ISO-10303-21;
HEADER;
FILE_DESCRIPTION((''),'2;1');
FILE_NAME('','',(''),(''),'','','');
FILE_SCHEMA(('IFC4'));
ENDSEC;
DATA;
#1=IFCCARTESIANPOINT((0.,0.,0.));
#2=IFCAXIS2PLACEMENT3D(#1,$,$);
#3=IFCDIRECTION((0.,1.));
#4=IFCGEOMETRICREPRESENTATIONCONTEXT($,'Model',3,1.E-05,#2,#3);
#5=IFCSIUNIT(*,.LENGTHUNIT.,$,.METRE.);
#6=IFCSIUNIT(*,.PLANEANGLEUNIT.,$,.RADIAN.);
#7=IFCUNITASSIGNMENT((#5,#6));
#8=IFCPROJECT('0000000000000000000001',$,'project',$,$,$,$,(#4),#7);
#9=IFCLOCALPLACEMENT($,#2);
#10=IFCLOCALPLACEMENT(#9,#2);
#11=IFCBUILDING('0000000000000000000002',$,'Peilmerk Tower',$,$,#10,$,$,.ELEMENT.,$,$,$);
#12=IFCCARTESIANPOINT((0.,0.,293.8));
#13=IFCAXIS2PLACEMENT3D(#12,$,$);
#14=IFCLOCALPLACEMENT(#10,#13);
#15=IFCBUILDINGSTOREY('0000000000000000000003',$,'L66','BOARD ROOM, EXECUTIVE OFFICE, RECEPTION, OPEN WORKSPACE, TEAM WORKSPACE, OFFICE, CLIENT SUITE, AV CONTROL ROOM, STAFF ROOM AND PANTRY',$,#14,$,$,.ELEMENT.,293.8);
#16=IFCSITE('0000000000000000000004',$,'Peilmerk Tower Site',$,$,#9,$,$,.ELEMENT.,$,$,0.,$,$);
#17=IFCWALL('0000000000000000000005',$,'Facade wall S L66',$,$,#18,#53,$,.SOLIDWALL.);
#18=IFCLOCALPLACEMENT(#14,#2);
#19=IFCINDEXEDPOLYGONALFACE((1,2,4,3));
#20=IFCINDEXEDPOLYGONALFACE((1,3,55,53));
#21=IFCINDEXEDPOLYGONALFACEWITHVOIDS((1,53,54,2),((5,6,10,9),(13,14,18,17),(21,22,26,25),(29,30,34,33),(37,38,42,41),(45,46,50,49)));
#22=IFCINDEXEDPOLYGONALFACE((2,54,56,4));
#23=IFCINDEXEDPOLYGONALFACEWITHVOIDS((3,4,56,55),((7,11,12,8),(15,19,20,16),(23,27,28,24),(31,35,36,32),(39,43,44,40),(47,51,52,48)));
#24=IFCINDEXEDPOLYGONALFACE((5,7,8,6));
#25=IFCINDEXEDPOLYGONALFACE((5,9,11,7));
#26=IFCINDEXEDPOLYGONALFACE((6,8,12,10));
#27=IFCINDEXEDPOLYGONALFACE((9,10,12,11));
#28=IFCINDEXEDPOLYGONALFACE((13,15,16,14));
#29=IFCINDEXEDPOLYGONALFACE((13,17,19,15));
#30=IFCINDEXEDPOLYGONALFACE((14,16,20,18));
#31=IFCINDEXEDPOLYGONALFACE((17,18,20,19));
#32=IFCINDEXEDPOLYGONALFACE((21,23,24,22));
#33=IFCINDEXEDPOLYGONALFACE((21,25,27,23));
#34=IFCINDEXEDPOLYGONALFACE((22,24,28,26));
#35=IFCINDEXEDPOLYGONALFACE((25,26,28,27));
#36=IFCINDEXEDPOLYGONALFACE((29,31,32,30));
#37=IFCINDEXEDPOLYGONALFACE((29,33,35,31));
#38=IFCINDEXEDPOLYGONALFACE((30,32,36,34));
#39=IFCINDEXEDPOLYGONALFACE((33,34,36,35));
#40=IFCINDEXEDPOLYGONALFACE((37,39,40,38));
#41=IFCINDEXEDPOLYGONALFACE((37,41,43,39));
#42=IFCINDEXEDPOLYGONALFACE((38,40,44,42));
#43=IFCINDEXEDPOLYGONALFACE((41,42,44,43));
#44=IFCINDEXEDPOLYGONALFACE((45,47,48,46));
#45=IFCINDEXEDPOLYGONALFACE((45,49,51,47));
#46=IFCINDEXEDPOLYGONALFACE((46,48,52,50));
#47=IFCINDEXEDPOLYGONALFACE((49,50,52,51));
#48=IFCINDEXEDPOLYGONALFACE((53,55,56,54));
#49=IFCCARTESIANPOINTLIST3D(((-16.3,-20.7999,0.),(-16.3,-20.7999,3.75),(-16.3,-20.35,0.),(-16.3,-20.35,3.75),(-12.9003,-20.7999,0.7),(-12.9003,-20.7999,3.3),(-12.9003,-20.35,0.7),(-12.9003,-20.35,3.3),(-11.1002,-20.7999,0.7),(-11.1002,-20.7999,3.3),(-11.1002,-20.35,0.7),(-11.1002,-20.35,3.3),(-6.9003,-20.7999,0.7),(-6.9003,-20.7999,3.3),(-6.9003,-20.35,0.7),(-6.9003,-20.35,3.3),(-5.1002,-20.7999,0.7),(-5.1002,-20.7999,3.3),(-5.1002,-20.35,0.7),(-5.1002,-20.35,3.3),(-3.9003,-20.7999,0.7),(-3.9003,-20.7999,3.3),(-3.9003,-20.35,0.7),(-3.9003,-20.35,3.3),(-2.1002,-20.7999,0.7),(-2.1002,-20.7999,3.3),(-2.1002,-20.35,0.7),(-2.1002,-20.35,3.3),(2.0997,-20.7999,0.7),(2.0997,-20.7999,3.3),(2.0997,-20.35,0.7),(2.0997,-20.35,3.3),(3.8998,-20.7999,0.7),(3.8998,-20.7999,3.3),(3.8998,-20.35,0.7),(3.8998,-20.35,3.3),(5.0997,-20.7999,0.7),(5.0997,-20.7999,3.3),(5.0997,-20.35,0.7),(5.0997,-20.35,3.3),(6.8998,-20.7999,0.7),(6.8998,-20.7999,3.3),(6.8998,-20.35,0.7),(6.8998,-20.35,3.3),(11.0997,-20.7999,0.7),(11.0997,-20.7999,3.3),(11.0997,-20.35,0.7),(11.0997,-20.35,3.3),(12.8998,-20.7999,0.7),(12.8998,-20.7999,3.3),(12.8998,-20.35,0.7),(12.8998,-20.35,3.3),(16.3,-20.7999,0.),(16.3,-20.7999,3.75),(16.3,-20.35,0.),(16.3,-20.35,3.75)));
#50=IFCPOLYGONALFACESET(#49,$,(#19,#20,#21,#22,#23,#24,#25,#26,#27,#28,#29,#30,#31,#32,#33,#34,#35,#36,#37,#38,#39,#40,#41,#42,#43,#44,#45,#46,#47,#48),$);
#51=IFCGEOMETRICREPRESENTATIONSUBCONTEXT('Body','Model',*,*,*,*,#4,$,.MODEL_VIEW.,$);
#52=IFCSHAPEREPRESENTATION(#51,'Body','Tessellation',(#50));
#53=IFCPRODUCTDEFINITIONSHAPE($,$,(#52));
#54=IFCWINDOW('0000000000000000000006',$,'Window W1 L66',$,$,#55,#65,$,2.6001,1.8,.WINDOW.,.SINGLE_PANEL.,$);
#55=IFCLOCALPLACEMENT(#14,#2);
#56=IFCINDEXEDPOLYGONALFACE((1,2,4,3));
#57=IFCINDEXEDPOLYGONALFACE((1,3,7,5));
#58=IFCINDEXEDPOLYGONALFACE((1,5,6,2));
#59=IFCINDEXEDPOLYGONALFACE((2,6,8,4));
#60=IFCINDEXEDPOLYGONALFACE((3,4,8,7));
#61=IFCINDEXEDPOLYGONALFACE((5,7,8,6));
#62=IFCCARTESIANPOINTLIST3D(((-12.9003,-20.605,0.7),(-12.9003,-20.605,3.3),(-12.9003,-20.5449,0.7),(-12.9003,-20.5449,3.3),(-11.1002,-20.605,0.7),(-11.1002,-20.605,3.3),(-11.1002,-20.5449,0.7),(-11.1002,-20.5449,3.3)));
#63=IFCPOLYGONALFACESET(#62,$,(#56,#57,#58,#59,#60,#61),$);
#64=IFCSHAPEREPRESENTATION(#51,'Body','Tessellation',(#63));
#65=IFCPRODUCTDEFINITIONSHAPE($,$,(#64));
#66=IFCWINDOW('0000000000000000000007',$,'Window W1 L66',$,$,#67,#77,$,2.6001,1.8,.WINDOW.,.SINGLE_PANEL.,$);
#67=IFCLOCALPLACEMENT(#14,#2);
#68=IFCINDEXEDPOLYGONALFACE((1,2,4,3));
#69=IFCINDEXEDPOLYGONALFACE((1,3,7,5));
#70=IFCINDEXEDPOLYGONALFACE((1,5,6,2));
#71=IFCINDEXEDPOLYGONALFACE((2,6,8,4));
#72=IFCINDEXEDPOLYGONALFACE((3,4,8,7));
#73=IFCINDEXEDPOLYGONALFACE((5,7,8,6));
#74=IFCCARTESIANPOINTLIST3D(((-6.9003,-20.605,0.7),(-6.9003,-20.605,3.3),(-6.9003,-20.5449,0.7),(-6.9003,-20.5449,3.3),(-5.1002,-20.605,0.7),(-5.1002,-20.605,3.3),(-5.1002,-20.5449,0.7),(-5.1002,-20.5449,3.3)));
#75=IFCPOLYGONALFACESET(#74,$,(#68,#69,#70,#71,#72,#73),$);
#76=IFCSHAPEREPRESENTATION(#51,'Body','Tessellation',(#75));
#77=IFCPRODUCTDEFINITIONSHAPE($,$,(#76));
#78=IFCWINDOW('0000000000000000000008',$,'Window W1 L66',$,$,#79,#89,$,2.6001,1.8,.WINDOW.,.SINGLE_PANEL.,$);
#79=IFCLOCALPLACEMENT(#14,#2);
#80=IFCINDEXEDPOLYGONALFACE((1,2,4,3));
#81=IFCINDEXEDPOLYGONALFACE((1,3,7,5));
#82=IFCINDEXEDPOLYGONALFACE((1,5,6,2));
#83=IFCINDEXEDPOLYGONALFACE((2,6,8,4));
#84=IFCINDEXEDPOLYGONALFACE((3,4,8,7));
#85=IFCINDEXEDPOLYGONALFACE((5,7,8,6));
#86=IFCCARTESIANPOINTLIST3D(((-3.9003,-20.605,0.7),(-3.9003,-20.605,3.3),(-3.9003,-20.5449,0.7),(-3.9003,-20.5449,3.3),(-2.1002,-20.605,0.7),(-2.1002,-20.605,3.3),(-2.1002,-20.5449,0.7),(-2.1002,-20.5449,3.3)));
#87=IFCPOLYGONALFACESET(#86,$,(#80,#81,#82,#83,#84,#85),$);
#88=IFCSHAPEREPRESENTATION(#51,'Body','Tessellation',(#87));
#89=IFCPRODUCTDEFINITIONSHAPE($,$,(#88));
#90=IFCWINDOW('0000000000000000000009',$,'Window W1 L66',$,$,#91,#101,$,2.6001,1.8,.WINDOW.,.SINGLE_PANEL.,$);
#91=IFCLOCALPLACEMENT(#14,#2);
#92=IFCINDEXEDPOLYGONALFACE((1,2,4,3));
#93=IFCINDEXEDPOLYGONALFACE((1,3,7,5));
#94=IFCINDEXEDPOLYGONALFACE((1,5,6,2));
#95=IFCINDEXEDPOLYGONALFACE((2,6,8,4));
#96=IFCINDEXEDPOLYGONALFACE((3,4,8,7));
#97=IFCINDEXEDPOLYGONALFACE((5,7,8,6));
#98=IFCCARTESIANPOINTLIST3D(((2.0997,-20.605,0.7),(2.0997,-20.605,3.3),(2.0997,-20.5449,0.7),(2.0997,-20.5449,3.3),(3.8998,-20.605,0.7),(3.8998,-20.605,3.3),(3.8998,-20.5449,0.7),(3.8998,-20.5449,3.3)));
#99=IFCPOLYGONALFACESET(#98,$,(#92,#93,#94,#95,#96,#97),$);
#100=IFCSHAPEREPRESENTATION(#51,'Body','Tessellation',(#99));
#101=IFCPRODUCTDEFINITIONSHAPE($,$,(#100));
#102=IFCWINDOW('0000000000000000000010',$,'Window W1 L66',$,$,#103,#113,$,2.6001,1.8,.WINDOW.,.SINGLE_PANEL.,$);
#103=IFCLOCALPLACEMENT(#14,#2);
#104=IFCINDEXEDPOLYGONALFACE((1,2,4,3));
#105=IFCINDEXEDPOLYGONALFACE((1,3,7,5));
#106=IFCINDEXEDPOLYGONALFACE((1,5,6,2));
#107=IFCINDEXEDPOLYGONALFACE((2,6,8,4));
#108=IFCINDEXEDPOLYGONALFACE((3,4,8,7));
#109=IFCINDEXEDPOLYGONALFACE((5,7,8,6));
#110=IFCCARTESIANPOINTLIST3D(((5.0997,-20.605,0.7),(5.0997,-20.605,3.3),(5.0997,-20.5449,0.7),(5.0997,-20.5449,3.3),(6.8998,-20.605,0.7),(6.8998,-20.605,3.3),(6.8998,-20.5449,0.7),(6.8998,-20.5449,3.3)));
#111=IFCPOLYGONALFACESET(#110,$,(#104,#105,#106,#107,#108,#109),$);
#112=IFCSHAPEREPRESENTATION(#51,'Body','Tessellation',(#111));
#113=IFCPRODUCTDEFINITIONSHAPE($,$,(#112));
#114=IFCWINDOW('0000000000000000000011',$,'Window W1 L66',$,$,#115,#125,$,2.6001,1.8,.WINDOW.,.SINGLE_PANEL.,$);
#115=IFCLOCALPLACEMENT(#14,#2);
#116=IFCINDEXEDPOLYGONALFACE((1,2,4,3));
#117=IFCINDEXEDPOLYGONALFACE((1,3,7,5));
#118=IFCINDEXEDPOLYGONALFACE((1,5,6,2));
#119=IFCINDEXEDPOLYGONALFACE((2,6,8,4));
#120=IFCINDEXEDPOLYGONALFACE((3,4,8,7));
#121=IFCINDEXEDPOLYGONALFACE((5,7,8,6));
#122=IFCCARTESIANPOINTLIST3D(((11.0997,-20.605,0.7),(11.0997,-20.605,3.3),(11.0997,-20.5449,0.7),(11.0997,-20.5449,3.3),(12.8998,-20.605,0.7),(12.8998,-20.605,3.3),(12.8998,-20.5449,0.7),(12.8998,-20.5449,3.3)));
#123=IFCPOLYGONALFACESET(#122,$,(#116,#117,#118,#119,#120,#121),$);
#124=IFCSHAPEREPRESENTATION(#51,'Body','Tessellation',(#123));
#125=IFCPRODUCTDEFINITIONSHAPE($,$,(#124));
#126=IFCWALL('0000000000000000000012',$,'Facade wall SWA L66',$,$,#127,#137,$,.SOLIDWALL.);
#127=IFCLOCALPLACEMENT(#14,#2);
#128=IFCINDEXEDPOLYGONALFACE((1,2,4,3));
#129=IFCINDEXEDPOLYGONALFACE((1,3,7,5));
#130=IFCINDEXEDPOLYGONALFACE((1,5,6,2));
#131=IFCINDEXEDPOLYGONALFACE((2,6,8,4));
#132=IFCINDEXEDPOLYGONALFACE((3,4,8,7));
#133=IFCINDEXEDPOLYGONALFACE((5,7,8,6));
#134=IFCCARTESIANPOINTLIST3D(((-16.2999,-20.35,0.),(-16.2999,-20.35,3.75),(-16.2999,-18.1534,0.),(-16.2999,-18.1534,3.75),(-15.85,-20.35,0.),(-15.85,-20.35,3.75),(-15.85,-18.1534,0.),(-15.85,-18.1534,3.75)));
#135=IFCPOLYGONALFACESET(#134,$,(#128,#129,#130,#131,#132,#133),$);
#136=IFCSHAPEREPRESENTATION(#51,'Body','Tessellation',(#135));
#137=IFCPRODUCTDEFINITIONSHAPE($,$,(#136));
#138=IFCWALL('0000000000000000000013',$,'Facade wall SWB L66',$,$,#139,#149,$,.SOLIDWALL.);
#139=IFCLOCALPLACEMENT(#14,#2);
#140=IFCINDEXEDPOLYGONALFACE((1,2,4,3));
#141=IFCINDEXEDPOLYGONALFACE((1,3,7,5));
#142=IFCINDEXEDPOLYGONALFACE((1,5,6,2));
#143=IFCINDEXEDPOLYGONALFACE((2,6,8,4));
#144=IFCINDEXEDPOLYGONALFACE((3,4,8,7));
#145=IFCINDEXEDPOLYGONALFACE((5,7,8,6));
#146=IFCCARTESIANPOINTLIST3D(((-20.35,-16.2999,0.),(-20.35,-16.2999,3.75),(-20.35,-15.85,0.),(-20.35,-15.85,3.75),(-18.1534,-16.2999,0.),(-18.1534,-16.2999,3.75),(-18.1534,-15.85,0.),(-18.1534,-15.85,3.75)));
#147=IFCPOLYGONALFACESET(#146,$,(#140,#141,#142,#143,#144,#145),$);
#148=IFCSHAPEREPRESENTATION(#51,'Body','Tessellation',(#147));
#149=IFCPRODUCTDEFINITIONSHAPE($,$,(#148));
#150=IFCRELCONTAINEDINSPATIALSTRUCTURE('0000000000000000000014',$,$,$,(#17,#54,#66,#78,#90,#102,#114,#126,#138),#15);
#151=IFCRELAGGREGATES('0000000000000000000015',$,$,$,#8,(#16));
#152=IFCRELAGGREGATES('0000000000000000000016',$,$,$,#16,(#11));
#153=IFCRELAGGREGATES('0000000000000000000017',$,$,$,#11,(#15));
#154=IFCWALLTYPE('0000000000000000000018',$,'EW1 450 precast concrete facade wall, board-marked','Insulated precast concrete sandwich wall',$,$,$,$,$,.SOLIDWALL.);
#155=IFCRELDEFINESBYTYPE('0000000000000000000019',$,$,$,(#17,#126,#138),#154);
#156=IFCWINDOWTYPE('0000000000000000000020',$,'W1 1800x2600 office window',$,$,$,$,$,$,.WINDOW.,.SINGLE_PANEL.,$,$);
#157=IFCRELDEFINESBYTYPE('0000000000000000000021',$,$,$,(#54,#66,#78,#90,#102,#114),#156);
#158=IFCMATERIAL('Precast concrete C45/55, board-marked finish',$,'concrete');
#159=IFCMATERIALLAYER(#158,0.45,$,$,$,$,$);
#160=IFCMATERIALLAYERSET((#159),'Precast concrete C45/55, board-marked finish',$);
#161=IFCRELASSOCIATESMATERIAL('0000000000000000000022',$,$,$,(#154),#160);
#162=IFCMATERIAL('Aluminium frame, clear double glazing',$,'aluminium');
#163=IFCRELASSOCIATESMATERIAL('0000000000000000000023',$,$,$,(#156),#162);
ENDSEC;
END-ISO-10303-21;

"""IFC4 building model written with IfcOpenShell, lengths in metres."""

from ifc_helpers import new_model, si_unit, direction, frame, frame_2d, origin, place, context, subcontext, project, spatial, rectangle, extrude, material, layer, layer_set, type_object, element, fill, save


model = new_model("IFC4")

# Units and contexts
model_context = context("Model", 3, precision=1e-05, world=origin(), true_north=direction((0.0, 1.0)))
body_context = subcontext(model_context, "Body", "Model", "MODEL_VIEW")
ifc_project = project(units=[si_unit("LENGTHUNIT", "METRE"), si_unit("PLANEANGLEUNIT", "RADIAN")], contexts=[model_context])

# Site, building, storey
site_placement = place(None, origin())
site = spatial("IfcSite", under=ifc_project, at=site_placement, Name="Peilmerk Tower Site", CompositionType="ELEMENT", RefElevation=0.0)
building_placement = place(site_placement, origin())
building = spatial("IfcBuilding", under=site, at=building_placement, Name="Peilmerk Tower", CompositionType="ELEMENT")
storey_placement = place(building_placement, frame((0.0, 0.0, 293.8)))
storey = spatial("IfcBuildingStorey", under=building, at=storey_placement, Name="L66", Description="BOARD ROOM, EXECUTIVE OFFICE, RECEPTION, OPEN WORKSPACE, TEAM WORKSPACE, OFFICE, CLIENT SUITE, AV CONTROL ROOM, STAFF ROOM AND PANTRY", CompositionType="ELEMENT", Elevation=293.8)

# Wall, openings, windows
ifc_material_1 = material(Name="Precast concrete C45/55, board-marked finish", Category="concrete")
ifc_layer_1 = layer(ifc_material_1, 0.45)
ifc_layer_set_1 = layer_set([ifc_layer_1], Name="Precast concrete C45/55, board-marked finish")
wall_type = type_object("IfcWallType", Name="EW1 450 precast concrete facade wall, board-marked", Description="Insulated precast concrete sandwich wall", PredefinedType="SOLIDWALL", material=ifc_layer_set_1)
wall_placement = place(storey_placement, frame((-16.3, -20.575, 0.0), z_axis=(0.0, 0.0, 1.0), x_axis=(1.0, 0.0, 0.0)))
wall = element("IfcWall", 1, at=wall_placement, inside=storey, type_object=wall_type, Name="Facade wall S L66", PredefinedType="SOLIDWALL", context=body_context, shape_type="SweptSolid", body=[
    extrude(rectangle(XDim=32.6001, YDim=0.45, at=frame_2d((16.3, 0.0))), origin(), (0.0, 0.0, 1.0), 3.75),
])
opening_1_placement = place(wall_placement, frame((3.3999, 0.0, 0.7)))
opening_1 = element("IfcOpeningElement", 2, at=opening_1_placement, cuts=wall, PredefinedType="OPENING", context=body_context, shape_type="SweptSolid", body=[
    extrude(rectangle(XDim=1.8, YDim=2.6001, at=frame_2d((0.8999, 1.3))), frame((0.0, 0.2349, 0.0), z_axis=(0.0, -1.0, 0.0), x_axis=(1.0, 0.0, 0.0)), (0.0, 0.0, 1.0), 0.47),
])
opening_2_placement = place(wall_placement, frame((9.3999, 0.0, 0.7)))
opening_2 = element("IfcOpeningElement", 3, at=opening_2_placement, cuts=wall, PredefinedType="OPENING", context=body_context, shape_type="SweptSolid", body=[
    extrude(rectangle(XDim=1.8, YDim=2.6001, at=frame_2d((0.8999, 1.3))), frame((0.0, 0.2349, 0.0), z_axis=(0.0, -1.0, 0.0), x_axis=(1.0, 0.0, 0.0)), (0.0, 0.0, 1.0), 0.47),
])
opening_3_placement = place(wall_placement, frame((12.3999, 0.0, 0.7)))
opening_3 = element("IfcOpeningElement", 4, at=opening_3_placement, cuts=wall, PredefinedType="OPENING", context=body_context, shape_type="SweptSolid", body=[
    extrude(rectangle(XDim=1.8, YDim=2.6001, at=frame_2d((0.8999, 1.3))), frame((0.0, 0.2349, 0.0), z_axis=(0.0, -1.0, 0.0), x_axis=(1.0, 0.0, 0.0)), (0.0, 0.0, 1.0), 0.47),
])
opening_4_placement = place(wall_placement, frame((18.3999, 0.0, 0.7)))
opening_4 = element("IfcOpeningElement", 5, at=opening_4_placement, cuts=wall, PredefinedType="OPENING", context=body_context, shape_type="SweptSolid", body=[
    extrude(rectangle(XDim=1.8, YDim=2.6001, at=frame_2d((0.8999, 1.3))), frame((0.0, 0.2349, 0.0), z_axis=(0.0, -1.0, 0.0), x_axis=(1.0, 0.0, 0.0)), (0.0, 0.0, 1.0), 0.47),
])
opening_5_placement = place(wall_placement, frame((21.3999, 0.0, 0.7)))
opening_5 = element("IfcOpeningElement", 6, at=opening_5_placement, cuts=wall, PredefinedType="OPENING", context=body_context, shape_type="SweptSolid", body=[
    extrude(rectangle(XDim=1.8, YDim=2.6001, at=frame_2d((0.8999, 1.3))), frame((0.0, 0.2349, 0.0), z_axis=(0.0, -1.0, 0.0), x_axis=(1.0, 0.0, 0.0)), (0.0, 0.0, 1.0), 0.47),
])
opening_6_placement = place(wall_placement, frame((27.3999, 0.0, 0.7)))
opening_6 = element("IfcOpeningElement", 7, at=opening_6_placement, cuts=wall, PredefinedType="OPENING", context=body_context, shape_type="SweptSolid", body=[
    extrude(rectangle(XDim=1.8, YDim=2.6001, at=frame_2d((0.8999, 1.3))), frame((0.0, 0.2349, 0.0), z_axis=(0.0, -1.0, 0.0), x_axis=(1.0, 0.0, 0.0)), (0.0, 0.0, 1.0), 0.47),
])
ifc_material_2 = material(Name="Aluminium frame, clear double glazing", Category="aluminium")
window_type = type_object("IfcWindowType", Name="W1 1800x2600 office window", PartitioningType="SINGLE_PANEL", PredefinedType="WINDOW", material=ifc_material_2)
window_1_placement = place(opening_1_placement, origin())
window_1 = element("IfcWindow", 8, at=window_1_placement, inside=storey, type_object=window_type, Name="Window W1 L66", OverallHeight=2.6001, OverallWidth=1.8, PartitioningType="SINGLE_PANEL", PredefinedType="WINDOW", context=body_context, shape_type="SweptSolid", body=[
    extrude(rectangle(XDim=1.8, YDim=2.6001, at=frame_2d((0.8999, 1.3))), frame((0.0, 0.03, 0.0), z_axis=(0.0, -1.0, 0.0), x_axis=(1.0, 0.0, 0.0)), (0.0, 0.0, 1.0), 0.0601),
])
fill(opening_1, window_1)
window_2_placement = place(opening_2_placement, origin())
window_2 = element("IfcWindow", 9, at=window_2_placement, inside=storey, type_object=window_type, Name="Window W1 L66", OverallHeight=2.6001, OverallWidth=1.8, PartitioningType="SINGLE_PANEL", PredefinedType="WINDOW", context=body_context, shape_type="SweptSolid", body=[
    extrude(rectangle(XDim=1.8, YDim=2.6001, at=frame_2d((0.8999, 1.3))), frame((0.0, 0.03, 0.0), z_axis=(0.0, -1.0, 0.0), x_axis=(1.0, 0.0, 0.0)), (0.0, 0.0, 1.0), 0.0601),
])
fill(opening_2, window_2)
window_3_placement = place(opening_3_placement, origin())
window_3 = element("IfcWindow", 10, at=window_3_placement, inside=storey, type_object=window_type, Name="Window W1 L66", OverallHeight=2.6001, OverallWidth=1.8, PartitioningType="SINGLE_PANEL", PredefinedType="WINDOW", context=body_context, shape_type="SweptSolid", body=[
    extrude(rectangle(XDim=1.8, YDim=2.6001, at=frame_2d((0.8999, 1.3))), frame((0.0, 0.03, 0.0), z_axis=(0.0, -1.0, 0.0), x_axis=(1.0, 0.0, 0.0)), (0.0, 0.0, 1.0), 0.0601),
])
fill(opening_3, window_3)
window_4_placement = place(opening_4_placement, origin())
window_4 = element("IfcWindow", 11, at=window_4_placement, inside=storey, type_object=window_type, Name="Window W1 L66", OverallHeight=2.6001, OverallWidth=1.8, PartitioningType="SINGLE_PANEL", PredefinedType="WINDOW", context=body_context, shape_type="SweptSolid", body=[
    extrude(rectangle(XDim=1.8, YDim=2.6001, at=frame_2d((0.8999, 1.3))), frame((0.0, 0.03, 0.0), z_axis=(0.0, -1.0, 0.0), x_axis=(1.0, 0.0, 0.0)), (0.0, 0.0, 1.0), 0.0601),
])
fill(opening_4, window_4)
window_5_placement = place(opening_5_placement, origin())
window_5 = element("IfcWindow", 12, at=window_5_placement, inside=storey, type_object=window_type, Name="Window W1 L66", OverallHeight=2.6001, OverallWidth=1.8, PartitioningType="SINGLE_PANEL", PredefinedType="WINDOW", context=body_context, shape_type="SweptSolid", body=[
    extrude(rectangle(XDim=1.8, YDim=2.6001, at=frame_2d((0.8999, 1.3))), frame((0.0, 0.03, 0.0), z_axis=(0.0, -1.0, 0.0), x_axis=(1.0, 0.0, 0.0)), (0.0, 0.0, 1.0), 0.0601),
])
fill(opening_5, window_5)
window_6_placement = place(opening_6_placement, origin())
window_6 = element("IfcWindow", 13, at=window_6_placement, inside=storey, type_object=window_type, Name="Window W1 L66", OverallHeight=2.6001, OverallWidth=1.8, PartitioningType="SINGLE_PANEL", PredefinedType="WINDOW", context=body_context, shape_type="SweptSolid", body=[
    extrude(rectangle(XDim=1.8, YDim=2.6001, at=frame_2d((0.8999, 1.3))), frame((0.0, 0.03, 0.0), z_axis=(0.0, -1.0, 0.0), x_axis=(1.0, 0.0, 0.0)), (0.0, 0.0, 1.0), 0.0601),
])
fill(opening_6, window_6)

# Walls
for number, where, z_axis, x_axis, name in (
    (14, (-16.075, -18.1536, 0.0), (0.0, 0.0, 1.0), (0.0, -1.0, 0.0), "Facade wall SWA L66"),
    (15, (-18.1536, -16.075, 0.0), (0.0, 0.0, 1.0), (-1.0, 0.0, 0.0), "Facade wall SWB L66"),
):
    element("IfcWall", number, at=place(storey_placement, frame(where, z_axis=z_axis, x_axis=x_axis)), inside=storey, type_object=wall_type, Name=name, PredefinedType="SOLIDWALL", context=body_context, shape_type="SweptSolid", body=[
        extrude(rectangle(XDim=2.1965, YDim=0.45, at=frame_2d((1.0981, 0.0))), origin(), (0.0, 0.0, 1.0), 3.75),
    ])

save(model, "model.ifc")
